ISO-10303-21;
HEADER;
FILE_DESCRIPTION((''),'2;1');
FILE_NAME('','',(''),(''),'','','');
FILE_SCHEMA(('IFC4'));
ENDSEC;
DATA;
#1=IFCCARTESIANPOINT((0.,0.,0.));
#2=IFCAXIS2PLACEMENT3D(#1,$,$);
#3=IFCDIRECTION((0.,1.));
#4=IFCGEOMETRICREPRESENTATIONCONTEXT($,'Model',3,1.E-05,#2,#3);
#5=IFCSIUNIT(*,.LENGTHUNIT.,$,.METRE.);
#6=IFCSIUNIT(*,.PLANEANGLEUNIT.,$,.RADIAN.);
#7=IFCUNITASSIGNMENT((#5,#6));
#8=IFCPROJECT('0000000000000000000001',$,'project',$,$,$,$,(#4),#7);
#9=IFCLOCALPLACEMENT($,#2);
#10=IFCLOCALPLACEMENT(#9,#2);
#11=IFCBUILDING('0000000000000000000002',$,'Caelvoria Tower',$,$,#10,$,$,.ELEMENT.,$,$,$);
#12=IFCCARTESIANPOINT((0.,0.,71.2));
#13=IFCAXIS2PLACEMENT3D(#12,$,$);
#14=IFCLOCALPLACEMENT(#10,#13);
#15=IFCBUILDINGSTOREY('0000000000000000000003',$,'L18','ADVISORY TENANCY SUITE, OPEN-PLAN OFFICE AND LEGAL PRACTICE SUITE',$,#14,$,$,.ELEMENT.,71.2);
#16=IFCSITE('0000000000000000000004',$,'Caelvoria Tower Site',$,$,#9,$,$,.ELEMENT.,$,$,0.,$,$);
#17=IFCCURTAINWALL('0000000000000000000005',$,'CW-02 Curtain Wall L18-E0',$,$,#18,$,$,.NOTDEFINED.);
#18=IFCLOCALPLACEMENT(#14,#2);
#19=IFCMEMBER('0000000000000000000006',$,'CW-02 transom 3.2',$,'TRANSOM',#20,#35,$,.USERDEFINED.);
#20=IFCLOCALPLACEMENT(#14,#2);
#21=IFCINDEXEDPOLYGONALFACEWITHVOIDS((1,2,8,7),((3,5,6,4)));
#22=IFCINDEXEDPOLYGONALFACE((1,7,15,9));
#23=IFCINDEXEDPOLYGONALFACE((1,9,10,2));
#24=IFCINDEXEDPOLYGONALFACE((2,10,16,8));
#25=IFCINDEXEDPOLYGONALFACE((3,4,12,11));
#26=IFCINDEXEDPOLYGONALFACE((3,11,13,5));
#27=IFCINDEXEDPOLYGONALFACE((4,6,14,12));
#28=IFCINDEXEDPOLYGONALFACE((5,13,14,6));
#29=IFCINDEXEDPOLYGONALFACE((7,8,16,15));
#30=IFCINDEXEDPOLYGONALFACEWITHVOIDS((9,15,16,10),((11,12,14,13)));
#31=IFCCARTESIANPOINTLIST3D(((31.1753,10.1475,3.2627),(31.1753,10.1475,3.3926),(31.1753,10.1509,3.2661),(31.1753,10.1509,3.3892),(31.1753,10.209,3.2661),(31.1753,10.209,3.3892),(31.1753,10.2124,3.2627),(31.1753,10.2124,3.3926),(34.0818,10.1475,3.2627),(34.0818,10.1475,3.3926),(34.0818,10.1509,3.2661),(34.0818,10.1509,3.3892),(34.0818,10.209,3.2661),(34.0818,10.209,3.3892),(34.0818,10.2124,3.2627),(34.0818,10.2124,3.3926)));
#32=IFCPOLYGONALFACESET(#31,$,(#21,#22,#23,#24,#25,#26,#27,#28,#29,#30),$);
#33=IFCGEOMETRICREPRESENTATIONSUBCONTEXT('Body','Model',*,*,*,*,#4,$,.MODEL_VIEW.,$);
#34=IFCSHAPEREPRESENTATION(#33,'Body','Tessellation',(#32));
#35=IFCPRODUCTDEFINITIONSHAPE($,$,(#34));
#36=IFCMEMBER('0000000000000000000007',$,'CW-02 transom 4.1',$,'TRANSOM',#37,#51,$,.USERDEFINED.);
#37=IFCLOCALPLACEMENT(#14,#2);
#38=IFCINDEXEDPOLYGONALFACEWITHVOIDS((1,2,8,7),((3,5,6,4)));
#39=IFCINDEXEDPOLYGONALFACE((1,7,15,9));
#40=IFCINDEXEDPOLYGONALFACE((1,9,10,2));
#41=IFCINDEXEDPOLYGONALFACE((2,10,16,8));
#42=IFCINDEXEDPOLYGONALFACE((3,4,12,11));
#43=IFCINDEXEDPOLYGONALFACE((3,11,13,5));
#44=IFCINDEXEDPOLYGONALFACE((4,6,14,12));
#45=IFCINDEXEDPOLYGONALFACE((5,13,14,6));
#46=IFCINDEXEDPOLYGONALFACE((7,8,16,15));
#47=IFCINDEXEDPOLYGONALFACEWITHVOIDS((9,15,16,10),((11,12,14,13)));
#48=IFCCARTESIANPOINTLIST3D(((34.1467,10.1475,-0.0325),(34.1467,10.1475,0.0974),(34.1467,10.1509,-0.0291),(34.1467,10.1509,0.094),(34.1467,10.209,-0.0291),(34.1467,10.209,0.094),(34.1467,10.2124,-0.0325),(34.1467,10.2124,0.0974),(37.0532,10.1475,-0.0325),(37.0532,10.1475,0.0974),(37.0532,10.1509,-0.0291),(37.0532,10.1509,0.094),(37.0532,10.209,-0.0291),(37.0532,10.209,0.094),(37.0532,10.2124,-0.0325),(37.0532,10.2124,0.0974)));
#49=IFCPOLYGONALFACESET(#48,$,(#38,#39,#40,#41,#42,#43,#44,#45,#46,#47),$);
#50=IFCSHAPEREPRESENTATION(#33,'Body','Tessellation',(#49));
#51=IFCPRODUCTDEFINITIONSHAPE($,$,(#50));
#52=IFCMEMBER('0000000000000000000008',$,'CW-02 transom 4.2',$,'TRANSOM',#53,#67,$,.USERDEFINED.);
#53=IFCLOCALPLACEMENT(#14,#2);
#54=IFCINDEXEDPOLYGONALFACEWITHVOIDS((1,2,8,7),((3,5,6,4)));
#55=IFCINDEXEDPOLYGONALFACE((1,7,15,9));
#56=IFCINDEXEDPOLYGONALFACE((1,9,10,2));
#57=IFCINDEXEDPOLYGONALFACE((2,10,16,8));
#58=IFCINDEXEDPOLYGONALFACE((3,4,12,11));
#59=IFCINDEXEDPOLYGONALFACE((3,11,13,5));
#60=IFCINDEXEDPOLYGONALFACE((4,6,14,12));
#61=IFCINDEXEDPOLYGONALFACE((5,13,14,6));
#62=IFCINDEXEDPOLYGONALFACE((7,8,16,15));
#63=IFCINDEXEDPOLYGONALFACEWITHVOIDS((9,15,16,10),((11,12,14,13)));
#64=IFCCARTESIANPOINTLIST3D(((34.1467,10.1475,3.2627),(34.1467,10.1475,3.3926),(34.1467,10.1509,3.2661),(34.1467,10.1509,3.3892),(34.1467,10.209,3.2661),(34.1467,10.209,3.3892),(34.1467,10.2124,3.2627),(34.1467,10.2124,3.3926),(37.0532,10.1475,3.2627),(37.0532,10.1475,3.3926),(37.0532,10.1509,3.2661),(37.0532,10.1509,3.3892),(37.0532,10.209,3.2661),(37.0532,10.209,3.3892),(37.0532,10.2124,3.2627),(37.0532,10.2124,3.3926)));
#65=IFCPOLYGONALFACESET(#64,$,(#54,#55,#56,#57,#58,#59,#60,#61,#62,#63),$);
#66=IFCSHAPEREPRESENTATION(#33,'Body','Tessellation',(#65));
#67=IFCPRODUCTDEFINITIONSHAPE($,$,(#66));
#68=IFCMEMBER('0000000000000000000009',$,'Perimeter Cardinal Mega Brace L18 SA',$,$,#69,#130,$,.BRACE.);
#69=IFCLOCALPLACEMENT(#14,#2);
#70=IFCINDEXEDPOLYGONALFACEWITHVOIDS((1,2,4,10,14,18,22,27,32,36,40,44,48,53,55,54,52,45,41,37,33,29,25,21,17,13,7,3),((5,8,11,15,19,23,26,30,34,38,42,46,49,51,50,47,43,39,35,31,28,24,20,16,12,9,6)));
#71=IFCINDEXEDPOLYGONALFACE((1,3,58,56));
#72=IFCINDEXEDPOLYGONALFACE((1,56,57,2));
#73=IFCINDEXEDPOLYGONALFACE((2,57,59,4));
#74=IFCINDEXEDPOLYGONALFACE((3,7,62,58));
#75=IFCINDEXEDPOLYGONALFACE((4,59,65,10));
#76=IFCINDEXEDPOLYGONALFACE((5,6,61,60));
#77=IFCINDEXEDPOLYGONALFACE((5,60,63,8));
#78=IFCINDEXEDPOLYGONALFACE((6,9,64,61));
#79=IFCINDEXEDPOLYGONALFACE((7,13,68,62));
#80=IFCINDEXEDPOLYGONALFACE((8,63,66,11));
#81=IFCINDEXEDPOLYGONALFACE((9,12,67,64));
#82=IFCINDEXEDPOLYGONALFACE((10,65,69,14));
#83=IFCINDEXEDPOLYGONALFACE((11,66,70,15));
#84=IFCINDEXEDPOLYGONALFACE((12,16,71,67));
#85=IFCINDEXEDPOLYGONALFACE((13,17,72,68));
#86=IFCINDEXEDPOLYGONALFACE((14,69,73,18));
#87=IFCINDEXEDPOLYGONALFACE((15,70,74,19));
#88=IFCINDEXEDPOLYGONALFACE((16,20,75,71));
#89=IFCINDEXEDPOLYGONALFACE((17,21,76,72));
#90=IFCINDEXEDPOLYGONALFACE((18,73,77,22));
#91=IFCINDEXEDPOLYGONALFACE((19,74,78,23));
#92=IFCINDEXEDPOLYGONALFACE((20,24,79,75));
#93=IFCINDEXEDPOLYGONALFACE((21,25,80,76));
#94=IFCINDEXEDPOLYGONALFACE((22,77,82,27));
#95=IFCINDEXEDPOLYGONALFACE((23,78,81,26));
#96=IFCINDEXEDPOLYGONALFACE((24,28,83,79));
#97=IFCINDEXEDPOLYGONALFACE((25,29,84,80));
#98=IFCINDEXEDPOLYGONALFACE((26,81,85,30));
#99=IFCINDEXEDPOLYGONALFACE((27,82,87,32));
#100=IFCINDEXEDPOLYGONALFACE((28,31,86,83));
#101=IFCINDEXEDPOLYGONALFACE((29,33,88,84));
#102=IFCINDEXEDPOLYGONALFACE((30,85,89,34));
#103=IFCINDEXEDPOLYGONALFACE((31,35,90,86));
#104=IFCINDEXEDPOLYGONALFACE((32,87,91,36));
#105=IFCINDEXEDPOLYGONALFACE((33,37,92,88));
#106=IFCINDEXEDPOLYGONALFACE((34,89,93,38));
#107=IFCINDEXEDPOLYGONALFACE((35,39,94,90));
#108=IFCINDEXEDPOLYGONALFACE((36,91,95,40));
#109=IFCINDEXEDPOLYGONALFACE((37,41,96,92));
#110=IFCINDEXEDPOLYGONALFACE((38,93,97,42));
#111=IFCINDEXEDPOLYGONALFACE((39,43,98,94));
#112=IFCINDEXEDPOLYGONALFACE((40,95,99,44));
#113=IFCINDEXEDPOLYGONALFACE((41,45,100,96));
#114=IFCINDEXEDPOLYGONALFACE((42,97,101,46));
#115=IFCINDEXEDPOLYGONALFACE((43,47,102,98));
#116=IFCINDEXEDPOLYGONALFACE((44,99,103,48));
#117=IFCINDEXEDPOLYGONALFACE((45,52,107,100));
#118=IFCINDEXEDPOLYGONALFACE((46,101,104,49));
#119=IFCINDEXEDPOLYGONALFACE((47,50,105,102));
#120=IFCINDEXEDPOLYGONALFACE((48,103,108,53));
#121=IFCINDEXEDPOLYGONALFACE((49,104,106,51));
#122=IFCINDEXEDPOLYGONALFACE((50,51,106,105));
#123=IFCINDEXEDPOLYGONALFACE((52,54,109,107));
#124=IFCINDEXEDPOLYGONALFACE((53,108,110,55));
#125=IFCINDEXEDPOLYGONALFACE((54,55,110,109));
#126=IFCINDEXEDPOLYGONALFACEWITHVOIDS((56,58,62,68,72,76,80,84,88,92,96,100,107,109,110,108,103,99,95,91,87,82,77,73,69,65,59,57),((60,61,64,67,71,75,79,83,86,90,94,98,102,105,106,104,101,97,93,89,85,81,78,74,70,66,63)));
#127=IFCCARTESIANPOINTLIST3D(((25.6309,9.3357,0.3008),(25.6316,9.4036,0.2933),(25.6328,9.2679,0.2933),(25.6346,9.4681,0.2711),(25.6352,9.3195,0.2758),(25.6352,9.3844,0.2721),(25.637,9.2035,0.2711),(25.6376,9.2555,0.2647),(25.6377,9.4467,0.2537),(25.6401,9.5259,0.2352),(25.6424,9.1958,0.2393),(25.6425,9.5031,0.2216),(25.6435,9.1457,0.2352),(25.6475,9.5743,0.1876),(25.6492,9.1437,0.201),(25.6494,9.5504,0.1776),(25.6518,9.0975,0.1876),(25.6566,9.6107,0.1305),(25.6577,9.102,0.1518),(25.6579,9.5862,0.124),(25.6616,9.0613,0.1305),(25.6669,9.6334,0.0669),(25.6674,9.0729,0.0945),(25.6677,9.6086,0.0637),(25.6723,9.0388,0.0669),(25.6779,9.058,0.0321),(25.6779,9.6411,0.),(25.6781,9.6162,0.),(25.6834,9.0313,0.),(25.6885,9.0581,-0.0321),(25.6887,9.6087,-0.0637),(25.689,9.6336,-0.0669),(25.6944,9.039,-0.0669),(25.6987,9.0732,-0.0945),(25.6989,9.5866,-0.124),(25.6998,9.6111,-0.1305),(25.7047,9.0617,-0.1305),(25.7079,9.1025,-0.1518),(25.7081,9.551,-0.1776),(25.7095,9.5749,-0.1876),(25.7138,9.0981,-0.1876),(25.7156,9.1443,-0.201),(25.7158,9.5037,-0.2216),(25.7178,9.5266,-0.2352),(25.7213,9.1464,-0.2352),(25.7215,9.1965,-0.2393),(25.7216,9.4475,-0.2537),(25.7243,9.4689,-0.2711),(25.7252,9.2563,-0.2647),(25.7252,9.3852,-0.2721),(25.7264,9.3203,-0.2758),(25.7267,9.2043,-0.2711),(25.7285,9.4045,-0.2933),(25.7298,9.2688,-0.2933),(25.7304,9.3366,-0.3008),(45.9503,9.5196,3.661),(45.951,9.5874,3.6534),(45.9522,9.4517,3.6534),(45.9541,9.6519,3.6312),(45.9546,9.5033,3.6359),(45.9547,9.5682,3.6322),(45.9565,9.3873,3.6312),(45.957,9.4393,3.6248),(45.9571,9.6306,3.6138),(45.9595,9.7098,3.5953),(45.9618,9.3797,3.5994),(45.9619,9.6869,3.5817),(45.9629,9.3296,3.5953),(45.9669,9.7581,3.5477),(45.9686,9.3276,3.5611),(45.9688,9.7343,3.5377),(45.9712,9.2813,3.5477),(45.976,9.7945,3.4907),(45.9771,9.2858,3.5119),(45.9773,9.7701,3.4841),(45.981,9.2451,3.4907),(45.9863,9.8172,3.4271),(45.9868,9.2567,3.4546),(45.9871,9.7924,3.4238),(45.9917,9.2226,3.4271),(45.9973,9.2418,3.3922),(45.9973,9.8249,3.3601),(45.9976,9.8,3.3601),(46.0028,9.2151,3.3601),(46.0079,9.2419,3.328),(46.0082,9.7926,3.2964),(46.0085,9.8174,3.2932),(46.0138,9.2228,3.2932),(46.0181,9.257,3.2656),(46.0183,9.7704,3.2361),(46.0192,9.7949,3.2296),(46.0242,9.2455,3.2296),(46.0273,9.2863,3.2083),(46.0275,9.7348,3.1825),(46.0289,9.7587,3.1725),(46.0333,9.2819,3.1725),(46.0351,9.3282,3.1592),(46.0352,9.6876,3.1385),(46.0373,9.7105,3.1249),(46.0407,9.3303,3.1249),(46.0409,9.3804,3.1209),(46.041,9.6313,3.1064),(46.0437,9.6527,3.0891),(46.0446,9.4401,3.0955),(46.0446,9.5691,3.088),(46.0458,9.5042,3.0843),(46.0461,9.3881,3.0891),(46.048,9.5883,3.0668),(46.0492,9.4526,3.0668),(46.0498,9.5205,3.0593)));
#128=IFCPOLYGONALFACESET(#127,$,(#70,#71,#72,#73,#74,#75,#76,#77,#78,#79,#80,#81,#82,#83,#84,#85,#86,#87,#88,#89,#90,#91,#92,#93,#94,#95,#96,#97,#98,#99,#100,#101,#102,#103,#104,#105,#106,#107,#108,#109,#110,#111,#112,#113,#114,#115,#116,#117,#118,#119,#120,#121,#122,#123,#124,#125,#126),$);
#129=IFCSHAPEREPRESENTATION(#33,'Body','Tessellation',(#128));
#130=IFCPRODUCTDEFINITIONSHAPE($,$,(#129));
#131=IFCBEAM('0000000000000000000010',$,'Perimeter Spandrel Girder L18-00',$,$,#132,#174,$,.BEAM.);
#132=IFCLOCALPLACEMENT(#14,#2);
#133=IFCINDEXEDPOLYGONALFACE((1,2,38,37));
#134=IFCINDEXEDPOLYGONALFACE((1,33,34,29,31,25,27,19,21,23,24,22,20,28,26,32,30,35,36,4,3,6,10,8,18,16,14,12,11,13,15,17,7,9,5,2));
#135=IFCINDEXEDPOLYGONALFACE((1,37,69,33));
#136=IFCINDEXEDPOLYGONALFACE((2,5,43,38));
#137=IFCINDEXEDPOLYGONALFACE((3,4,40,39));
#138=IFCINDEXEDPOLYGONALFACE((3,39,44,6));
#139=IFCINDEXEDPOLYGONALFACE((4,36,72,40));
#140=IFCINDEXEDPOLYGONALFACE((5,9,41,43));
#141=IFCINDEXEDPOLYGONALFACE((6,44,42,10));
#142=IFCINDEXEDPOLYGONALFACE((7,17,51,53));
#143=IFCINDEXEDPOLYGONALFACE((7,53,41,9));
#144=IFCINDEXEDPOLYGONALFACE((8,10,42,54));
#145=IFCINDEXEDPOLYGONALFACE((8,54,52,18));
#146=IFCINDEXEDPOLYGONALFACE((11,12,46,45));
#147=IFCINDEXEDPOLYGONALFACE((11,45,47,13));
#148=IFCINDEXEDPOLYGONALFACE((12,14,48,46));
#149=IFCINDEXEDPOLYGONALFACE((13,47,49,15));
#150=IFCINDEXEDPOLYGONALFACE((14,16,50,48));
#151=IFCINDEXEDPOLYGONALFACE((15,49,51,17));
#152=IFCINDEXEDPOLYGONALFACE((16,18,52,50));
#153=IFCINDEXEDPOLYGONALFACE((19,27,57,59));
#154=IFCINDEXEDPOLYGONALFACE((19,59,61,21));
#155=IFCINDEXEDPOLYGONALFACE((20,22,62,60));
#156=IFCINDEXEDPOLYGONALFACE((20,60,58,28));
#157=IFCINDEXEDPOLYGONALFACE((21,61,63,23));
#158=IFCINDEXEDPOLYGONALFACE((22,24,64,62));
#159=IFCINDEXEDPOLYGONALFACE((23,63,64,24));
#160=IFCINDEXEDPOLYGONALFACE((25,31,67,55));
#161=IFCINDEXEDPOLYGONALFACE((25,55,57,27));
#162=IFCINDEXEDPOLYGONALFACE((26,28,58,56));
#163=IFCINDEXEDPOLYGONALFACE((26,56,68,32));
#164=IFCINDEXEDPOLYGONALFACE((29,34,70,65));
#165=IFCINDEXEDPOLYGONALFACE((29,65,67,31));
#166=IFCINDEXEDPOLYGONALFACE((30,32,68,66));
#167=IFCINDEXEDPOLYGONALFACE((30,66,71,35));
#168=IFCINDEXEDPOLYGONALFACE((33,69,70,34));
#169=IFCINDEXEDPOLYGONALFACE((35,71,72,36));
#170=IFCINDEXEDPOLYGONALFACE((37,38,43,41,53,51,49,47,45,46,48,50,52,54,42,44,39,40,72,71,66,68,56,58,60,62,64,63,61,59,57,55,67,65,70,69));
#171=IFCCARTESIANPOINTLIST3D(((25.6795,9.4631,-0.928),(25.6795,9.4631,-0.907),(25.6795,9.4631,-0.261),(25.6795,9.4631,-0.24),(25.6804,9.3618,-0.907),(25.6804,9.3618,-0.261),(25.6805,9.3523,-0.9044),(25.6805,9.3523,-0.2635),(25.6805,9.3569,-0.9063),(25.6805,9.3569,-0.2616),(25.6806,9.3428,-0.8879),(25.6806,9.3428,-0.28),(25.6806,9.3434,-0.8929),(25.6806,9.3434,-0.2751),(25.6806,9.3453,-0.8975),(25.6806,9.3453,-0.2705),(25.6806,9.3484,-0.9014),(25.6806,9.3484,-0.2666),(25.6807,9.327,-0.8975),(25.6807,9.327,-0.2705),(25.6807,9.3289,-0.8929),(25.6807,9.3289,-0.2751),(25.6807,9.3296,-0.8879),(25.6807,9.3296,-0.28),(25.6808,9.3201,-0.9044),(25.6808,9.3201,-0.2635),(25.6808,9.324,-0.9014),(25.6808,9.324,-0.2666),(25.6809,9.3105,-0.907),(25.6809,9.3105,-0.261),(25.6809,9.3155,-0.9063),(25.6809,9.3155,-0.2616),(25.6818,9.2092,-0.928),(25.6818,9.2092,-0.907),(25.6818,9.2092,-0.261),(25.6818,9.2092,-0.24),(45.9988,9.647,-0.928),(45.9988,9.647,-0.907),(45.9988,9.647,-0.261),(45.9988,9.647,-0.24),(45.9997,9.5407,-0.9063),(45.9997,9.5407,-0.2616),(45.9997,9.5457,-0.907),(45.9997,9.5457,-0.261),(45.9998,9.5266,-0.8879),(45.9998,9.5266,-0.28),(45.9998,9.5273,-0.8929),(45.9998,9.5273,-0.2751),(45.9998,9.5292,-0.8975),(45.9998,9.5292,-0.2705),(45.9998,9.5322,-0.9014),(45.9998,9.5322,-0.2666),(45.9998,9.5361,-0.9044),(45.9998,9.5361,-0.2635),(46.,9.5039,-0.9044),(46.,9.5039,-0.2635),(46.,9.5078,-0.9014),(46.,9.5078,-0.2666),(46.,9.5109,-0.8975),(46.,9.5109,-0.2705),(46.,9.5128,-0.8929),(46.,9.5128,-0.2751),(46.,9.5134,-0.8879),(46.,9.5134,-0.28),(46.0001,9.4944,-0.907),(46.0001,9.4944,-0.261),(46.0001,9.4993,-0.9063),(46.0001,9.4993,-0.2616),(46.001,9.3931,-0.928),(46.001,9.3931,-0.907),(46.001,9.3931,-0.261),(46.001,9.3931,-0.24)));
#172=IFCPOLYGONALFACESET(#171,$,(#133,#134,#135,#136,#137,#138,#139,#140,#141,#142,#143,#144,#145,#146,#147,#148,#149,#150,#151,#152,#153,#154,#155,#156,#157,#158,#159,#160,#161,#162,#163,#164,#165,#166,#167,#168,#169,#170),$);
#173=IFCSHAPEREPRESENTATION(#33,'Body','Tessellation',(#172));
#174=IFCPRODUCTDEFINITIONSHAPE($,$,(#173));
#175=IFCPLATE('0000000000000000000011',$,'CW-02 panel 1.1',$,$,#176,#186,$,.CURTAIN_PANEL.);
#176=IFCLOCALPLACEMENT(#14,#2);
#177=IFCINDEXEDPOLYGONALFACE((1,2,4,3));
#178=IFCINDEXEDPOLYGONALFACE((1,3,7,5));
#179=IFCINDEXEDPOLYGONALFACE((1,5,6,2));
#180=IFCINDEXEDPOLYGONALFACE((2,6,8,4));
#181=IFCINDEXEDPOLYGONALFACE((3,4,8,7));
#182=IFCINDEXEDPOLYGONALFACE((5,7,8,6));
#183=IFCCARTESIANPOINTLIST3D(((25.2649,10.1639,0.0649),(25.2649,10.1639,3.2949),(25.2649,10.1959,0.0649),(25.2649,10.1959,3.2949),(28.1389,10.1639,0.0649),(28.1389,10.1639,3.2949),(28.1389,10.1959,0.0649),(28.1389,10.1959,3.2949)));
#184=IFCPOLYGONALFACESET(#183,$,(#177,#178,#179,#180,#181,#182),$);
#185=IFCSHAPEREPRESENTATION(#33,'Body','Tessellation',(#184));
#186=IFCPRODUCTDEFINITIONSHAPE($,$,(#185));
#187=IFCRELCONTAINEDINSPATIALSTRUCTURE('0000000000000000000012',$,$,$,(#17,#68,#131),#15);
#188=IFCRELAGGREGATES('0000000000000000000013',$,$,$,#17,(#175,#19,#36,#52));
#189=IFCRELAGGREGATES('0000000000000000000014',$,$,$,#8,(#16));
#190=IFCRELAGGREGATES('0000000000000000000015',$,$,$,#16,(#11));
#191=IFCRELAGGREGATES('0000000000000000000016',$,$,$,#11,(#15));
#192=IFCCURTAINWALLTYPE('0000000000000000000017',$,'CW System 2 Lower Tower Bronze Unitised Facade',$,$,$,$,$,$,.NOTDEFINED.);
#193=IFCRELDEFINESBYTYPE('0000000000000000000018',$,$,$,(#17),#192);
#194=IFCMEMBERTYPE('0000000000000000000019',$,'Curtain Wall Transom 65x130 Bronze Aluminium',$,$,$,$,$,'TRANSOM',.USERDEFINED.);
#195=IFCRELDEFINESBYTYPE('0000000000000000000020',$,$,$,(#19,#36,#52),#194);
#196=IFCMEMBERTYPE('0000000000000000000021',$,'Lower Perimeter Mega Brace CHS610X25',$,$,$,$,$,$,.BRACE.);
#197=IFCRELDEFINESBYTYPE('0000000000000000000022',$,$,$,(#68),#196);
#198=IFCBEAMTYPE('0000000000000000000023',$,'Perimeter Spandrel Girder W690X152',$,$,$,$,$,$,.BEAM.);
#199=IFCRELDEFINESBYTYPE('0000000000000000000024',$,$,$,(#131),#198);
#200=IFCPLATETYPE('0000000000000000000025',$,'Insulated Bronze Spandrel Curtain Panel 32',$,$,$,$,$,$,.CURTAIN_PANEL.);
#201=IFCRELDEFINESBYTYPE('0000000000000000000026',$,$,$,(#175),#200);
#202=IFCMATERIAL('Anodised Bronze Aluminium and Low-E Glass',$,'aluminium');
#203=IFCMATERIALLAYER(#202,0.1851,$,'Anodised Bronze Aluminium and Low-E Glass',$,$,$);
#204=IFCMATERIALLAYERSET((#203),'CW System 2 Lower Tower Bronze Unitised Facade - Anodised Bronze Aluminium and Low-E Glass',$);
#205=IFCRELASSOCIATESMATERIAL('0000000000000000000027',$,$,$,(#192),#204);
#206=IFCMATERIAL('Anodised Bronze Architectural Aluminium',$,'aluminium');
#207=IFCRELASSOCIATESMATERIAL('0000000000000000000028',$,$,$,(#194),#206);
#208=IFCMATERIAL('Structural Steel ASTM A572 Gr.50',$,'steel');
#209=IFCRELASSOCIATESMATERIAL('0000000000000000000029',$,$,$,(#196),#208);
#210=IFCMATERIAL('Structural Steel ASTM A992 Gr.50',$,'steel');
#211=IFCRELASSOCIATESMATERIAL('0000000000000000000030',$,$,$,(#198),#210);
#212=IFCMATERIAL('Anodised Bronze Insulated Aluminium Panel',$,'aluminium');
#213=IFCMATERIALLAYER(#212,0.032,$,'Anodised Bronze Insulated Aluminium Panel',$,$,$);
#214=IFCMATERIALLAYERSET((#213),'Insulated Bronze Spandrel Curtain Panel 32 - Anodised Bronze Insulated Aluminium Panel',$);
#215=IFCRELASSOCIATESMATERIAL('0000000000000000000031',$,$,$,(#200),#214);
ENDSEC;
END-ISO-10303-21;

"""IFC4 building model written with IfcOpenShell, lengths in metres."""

from ifc_helpers import new_model, si_unit, direction, frame, origin, origin_2d, place, context, subcontext, project, spatial, rectangle, hollow_rectangle, hollow_circle, i_section, extrude, material, layer, layer_set, material_profile, profile_set, type_object, element, aggregate, save


model = new_model("IFC4")

# Units and contexts
model_context = context("Model", 3, precision=1e-05, world=origin(), true_north=direction((0.0, 1.0)))
body_context = subcontext(model_context, "Body", "Model", "MODEL_VIEW")
ifc_project = project(units=[si_unit("LENGTHUNIT", "METRE"), si_unit("PLANEANGLEUNIT", "RADIAN")], contexts=[model_context])

# Site, building, storey
site_placement = place(None, origin())
site = spatial("IfcSite", under=ifc_project, at=site_placement, Name="Caelvoria Tower Site", CompositionType="ELEMENT", RefElevation=0.0)
building_placement = place(site_placement, origin())
building = spatial("IfcBuilding", under=site, at=building_placement, Name="Caelvoria Tower", CompositionType="ELEMENT")
storey_placement = place(building_placement, frame((0.0, 0.0, 71.2)))
storey = spatial("IfcBuildingStorey", under=building, at=storey_placement, Name="L18", Description="ADVISORY TENANCY SUITE, OPEN-PLAN OFFICE AND LEGAL PRACTICE SUITE", CompositionType="ELEMENT", Elevation=71.2)

# Shared definitions
ifc_material_1 = material(Name="Structural Steel ASTM A572 Gr.50", Category="steel")

# Curtain wall
ifc_material_2 = material(Name="Anodised Bronze Aluminium and Low-E Glass", Category="aluminium")
ifc_layer_1 = layer(ifc_material_2, 0.1851, Name="Anodised Bronze Aluminium and Low-E Glass")
ifc_layer_set_1 = layer_set([ifc_layer_1], Name="CW System 2 Lower Tower Bronze Unitised Facade - Anodised Bronze Aluminium and Low-E Glass")
curtain_wall_type = type_object("IfcCurtainWallType", Name="CW System 2 Lower Tower Bronze Unitised Facade", PredefinedType="NOTDEFINED", material=ifc_layer_set_1)
curtain_wall_1_placement = place(storey_placement, origin())
curtain_wall_1 = element("IfcCurtainWall", 1, at=curtain_wall_1_placement, inside=storey, type_object=curtain_wall_type, Name="CW-02 Curtain Wall L18-E0", PredefinedType="NOTDEFINED")
ifc_material_3 = material(Name="Anodised Bronze Architectural Aluminium", Category="aluminium")

# Members
ifc_material_profile_1 = material_profile(ifc_material_3, hollow_rectangle(XDim=0.0649, YDim=0.1299, WallThickness=0.0034, at=origin_2d()), Name="Anodised Bronze Architectural Aluminium")
ifc_profile_set_1 = profile_set([ifc_material_profile_1], Name="CW_TRAN_65X130 - Anodised Bronze Architectural Aluminium")
member_type_1 = type_object("IfcMemberType", Name="Curtain Wall Transom 65x130 Bronze Aluminium", ElementType="TRANSOM", PredefinedType="USERDEFINED", material=ifc_profile_set_1)
member_1_placement = place(storey_placement, frame((31.1753, 10.1799, 3.3276), z_axis=(1.0, 0.0, 0.0), x_axis=(0.0, 1.0, 0.0)))
member_1 = element("IfcMember", 2, at=member_1_placement, type_object=member_type_1, Name="CW-02 transom 3.2", ObjectType="TRANSOM", PredefinedType="USERDEFINED", context=body_context, shape_type="SweptSolid", body=[
    extrude(hollow_rectangle(XDim=0.0649, YDim=0.1299, WallThickness=0.0034, at=origin_2d()), origin(), (0.0, 0.0, 1.0), 2.9065),
])
member_2_placement = place(storey_placement, frame((34.1467, 10.1799, 0.0325), z_axis=(1.0, 0.0, 0.0), x_axis=(0.0, 1.0, 0.0)))
member_2 = element("IfcMember", 3, at=member_2_placement, type_object=member_type_1, Name="CW-02 transom 4.1", ObjectType="TRANSOM", PredefinedType="USERDEFINED", context=body_context, shape_type="SweptSolid", body=[
    extrude(hollow_rectangle(XDim=0.0649, YDim=0.1299, WallThickness=0.0034, at=origin_2d()), origin(), (0.0, 0.0, 1.0), 2.9065),
])
member_3_placement = place(storey_placement, frame((34.1467, 10.1799, 3.3276), z_axis=(1.0, 0.0, 0.0), x_axis=(0.0, 1.0, 0.0)))
member_3 = element("IfcMember", 4, at=member_3_placement, type_object=member_type_1, Name="CW-02 transom 4.2", ObjectType="TRANSOM", PredefinedType="USERDEFINED", context=body_context, shape_type="SweptSolid", body=[
    extrude(hollow_rectangle(XDim=0.0649, YDim=0.1299, WallThickness=0.0034, at=origin_2d()), origin(), (0.0, 0.0, 1.0), 2.9065),
])
ifc_material_profile_2 = material_profile(ifc_material_1, hollow_circle(Radius=0.3049, WallThickness=0.0249, at=origin_2d()), Name="Structural Steel ASTM A572 Gr.50")
ifc_profile_set_2 = profile_set([ifc_material_profile_2], Name="CHS610X25 - Structural Steel ASTM A572 Gr.50")
member_type_2 = type_object("IfcMemberType", Name="Lower Perimeter Mega Brace CHS610X25", PredefinedType="BRACE", material=ifc_profile_set_2)
member_4_placement = place(storey_placement, frame((25.6807, 9.3362, 0.0), z_axis=(0.986562, 0.008926, 0.163143), x_axis=(-0.009047, 0.999959, 0.0)))
element("IfcMember", 5, at=member_4_placement, inside=storey, type_object=member_type_2, Name="Perimeter Cardinal Mega Brace L18 SA", PredefinedType="BRACE", context=body_context, shape_type="SweptSolid", body=[
    extrude(hollow_circle(Radius=0.3049, WallThickness=0.0249, at=origin_2d()), origin(), (0.0, 0.0, 1.0), 20.5962),
])

# Beam
ifc_material_4 = material(Name="Structural Steel ASTM A992 Gr.50", Category="steel")
ifc_material_profile_3 = material_profile(ifc_material_4, i_section(OverallWidth=0.2539, OverallDepth=0.688, WebThickness=0.0132, FlangeThickness=0.021, FilletRadius=0.019, at=origin_2d()), Name="Structural Steel ASTM A992 Gr.50")
ifc_profile_set_3 = profile_set([ifc_material_profile_3], Name="W690X152 - Structural Steel ASTM A992 Gr.50")
beam_type = type_object("IfcBeamType", Name="Perimeter Spandrel Girder W690X152", PredefinedType="BEAM", material=ifc_profile_set_3)
beam_placement = place(storey_placement, frame((25.6807, 9.3362, -0.584), z_axis=(0.999959, 0.009047, 0.0), x_axis=(-0.009047, 0.999959, 0.0)))
element("IfcBeam", 6, at=beam_placement, inside=storey, type_object=beam_type, Name="Perimeter Spandrel Girder L18-00", PredefinedType="BEAM", context=body_context, shape_type="SweptSolid", body=[
    extrude(i_section(OverallWidth=0.2539, OverallDepth=0.688, WebThickness=0.0132, FlangeThickness=0.021, FilletRadius=0.019, at=origin_2d()), origin(), (0.0, 0.0, 1.0), 20.3201),
])

# Plate
ifc_material_5 = material(Name="Anodised Bronze Insulated Aluminium Panel", Category="aluminium")
ifc_layer_2 = layer(ifc_material_5, 0.032, Name="Anodised Bronze Insulated Aluminium Panel")
ifc_layer_set_2 = layer_set([ifc_layer_2], Name="Insulated Bronze Spandrel Curtain Panel 32 - Anodised Bronze Insulated Aluminium Panel")
plate_type_1 = type_object("IfcPlateType", Name="Insulated Bronze Spandrel Curtain Panel 32", PredefinedType="CURTAIN_PANEL", material=ifc_layer_set_2)
plate_1_placement = place(storey_placement, frame((26.7019, 10.1799, 0.0649), z_axis=(0.0, 0.0, 1.0), x_axis=(1.0, 0.0, 0.0)))
plate_1 = element("IfcPlate", 7, at=plate_1_placement, type_object=plate_type_1, Name="CW-02 panel 1.1", PredefinedType="CURTAIN_PANEL", context=body_context, shape_type="SweptSolid", body=[
    extrude(rectangle(XDim=2.874, YDim=0.032, at=origin_2d()), origin(), (0.0, 0.0, 1.0), 3.23),
])
aggregate(curtain_wall_1, [plate_1, member_1, member_2, member_3])

save(model, "model.ifc")
